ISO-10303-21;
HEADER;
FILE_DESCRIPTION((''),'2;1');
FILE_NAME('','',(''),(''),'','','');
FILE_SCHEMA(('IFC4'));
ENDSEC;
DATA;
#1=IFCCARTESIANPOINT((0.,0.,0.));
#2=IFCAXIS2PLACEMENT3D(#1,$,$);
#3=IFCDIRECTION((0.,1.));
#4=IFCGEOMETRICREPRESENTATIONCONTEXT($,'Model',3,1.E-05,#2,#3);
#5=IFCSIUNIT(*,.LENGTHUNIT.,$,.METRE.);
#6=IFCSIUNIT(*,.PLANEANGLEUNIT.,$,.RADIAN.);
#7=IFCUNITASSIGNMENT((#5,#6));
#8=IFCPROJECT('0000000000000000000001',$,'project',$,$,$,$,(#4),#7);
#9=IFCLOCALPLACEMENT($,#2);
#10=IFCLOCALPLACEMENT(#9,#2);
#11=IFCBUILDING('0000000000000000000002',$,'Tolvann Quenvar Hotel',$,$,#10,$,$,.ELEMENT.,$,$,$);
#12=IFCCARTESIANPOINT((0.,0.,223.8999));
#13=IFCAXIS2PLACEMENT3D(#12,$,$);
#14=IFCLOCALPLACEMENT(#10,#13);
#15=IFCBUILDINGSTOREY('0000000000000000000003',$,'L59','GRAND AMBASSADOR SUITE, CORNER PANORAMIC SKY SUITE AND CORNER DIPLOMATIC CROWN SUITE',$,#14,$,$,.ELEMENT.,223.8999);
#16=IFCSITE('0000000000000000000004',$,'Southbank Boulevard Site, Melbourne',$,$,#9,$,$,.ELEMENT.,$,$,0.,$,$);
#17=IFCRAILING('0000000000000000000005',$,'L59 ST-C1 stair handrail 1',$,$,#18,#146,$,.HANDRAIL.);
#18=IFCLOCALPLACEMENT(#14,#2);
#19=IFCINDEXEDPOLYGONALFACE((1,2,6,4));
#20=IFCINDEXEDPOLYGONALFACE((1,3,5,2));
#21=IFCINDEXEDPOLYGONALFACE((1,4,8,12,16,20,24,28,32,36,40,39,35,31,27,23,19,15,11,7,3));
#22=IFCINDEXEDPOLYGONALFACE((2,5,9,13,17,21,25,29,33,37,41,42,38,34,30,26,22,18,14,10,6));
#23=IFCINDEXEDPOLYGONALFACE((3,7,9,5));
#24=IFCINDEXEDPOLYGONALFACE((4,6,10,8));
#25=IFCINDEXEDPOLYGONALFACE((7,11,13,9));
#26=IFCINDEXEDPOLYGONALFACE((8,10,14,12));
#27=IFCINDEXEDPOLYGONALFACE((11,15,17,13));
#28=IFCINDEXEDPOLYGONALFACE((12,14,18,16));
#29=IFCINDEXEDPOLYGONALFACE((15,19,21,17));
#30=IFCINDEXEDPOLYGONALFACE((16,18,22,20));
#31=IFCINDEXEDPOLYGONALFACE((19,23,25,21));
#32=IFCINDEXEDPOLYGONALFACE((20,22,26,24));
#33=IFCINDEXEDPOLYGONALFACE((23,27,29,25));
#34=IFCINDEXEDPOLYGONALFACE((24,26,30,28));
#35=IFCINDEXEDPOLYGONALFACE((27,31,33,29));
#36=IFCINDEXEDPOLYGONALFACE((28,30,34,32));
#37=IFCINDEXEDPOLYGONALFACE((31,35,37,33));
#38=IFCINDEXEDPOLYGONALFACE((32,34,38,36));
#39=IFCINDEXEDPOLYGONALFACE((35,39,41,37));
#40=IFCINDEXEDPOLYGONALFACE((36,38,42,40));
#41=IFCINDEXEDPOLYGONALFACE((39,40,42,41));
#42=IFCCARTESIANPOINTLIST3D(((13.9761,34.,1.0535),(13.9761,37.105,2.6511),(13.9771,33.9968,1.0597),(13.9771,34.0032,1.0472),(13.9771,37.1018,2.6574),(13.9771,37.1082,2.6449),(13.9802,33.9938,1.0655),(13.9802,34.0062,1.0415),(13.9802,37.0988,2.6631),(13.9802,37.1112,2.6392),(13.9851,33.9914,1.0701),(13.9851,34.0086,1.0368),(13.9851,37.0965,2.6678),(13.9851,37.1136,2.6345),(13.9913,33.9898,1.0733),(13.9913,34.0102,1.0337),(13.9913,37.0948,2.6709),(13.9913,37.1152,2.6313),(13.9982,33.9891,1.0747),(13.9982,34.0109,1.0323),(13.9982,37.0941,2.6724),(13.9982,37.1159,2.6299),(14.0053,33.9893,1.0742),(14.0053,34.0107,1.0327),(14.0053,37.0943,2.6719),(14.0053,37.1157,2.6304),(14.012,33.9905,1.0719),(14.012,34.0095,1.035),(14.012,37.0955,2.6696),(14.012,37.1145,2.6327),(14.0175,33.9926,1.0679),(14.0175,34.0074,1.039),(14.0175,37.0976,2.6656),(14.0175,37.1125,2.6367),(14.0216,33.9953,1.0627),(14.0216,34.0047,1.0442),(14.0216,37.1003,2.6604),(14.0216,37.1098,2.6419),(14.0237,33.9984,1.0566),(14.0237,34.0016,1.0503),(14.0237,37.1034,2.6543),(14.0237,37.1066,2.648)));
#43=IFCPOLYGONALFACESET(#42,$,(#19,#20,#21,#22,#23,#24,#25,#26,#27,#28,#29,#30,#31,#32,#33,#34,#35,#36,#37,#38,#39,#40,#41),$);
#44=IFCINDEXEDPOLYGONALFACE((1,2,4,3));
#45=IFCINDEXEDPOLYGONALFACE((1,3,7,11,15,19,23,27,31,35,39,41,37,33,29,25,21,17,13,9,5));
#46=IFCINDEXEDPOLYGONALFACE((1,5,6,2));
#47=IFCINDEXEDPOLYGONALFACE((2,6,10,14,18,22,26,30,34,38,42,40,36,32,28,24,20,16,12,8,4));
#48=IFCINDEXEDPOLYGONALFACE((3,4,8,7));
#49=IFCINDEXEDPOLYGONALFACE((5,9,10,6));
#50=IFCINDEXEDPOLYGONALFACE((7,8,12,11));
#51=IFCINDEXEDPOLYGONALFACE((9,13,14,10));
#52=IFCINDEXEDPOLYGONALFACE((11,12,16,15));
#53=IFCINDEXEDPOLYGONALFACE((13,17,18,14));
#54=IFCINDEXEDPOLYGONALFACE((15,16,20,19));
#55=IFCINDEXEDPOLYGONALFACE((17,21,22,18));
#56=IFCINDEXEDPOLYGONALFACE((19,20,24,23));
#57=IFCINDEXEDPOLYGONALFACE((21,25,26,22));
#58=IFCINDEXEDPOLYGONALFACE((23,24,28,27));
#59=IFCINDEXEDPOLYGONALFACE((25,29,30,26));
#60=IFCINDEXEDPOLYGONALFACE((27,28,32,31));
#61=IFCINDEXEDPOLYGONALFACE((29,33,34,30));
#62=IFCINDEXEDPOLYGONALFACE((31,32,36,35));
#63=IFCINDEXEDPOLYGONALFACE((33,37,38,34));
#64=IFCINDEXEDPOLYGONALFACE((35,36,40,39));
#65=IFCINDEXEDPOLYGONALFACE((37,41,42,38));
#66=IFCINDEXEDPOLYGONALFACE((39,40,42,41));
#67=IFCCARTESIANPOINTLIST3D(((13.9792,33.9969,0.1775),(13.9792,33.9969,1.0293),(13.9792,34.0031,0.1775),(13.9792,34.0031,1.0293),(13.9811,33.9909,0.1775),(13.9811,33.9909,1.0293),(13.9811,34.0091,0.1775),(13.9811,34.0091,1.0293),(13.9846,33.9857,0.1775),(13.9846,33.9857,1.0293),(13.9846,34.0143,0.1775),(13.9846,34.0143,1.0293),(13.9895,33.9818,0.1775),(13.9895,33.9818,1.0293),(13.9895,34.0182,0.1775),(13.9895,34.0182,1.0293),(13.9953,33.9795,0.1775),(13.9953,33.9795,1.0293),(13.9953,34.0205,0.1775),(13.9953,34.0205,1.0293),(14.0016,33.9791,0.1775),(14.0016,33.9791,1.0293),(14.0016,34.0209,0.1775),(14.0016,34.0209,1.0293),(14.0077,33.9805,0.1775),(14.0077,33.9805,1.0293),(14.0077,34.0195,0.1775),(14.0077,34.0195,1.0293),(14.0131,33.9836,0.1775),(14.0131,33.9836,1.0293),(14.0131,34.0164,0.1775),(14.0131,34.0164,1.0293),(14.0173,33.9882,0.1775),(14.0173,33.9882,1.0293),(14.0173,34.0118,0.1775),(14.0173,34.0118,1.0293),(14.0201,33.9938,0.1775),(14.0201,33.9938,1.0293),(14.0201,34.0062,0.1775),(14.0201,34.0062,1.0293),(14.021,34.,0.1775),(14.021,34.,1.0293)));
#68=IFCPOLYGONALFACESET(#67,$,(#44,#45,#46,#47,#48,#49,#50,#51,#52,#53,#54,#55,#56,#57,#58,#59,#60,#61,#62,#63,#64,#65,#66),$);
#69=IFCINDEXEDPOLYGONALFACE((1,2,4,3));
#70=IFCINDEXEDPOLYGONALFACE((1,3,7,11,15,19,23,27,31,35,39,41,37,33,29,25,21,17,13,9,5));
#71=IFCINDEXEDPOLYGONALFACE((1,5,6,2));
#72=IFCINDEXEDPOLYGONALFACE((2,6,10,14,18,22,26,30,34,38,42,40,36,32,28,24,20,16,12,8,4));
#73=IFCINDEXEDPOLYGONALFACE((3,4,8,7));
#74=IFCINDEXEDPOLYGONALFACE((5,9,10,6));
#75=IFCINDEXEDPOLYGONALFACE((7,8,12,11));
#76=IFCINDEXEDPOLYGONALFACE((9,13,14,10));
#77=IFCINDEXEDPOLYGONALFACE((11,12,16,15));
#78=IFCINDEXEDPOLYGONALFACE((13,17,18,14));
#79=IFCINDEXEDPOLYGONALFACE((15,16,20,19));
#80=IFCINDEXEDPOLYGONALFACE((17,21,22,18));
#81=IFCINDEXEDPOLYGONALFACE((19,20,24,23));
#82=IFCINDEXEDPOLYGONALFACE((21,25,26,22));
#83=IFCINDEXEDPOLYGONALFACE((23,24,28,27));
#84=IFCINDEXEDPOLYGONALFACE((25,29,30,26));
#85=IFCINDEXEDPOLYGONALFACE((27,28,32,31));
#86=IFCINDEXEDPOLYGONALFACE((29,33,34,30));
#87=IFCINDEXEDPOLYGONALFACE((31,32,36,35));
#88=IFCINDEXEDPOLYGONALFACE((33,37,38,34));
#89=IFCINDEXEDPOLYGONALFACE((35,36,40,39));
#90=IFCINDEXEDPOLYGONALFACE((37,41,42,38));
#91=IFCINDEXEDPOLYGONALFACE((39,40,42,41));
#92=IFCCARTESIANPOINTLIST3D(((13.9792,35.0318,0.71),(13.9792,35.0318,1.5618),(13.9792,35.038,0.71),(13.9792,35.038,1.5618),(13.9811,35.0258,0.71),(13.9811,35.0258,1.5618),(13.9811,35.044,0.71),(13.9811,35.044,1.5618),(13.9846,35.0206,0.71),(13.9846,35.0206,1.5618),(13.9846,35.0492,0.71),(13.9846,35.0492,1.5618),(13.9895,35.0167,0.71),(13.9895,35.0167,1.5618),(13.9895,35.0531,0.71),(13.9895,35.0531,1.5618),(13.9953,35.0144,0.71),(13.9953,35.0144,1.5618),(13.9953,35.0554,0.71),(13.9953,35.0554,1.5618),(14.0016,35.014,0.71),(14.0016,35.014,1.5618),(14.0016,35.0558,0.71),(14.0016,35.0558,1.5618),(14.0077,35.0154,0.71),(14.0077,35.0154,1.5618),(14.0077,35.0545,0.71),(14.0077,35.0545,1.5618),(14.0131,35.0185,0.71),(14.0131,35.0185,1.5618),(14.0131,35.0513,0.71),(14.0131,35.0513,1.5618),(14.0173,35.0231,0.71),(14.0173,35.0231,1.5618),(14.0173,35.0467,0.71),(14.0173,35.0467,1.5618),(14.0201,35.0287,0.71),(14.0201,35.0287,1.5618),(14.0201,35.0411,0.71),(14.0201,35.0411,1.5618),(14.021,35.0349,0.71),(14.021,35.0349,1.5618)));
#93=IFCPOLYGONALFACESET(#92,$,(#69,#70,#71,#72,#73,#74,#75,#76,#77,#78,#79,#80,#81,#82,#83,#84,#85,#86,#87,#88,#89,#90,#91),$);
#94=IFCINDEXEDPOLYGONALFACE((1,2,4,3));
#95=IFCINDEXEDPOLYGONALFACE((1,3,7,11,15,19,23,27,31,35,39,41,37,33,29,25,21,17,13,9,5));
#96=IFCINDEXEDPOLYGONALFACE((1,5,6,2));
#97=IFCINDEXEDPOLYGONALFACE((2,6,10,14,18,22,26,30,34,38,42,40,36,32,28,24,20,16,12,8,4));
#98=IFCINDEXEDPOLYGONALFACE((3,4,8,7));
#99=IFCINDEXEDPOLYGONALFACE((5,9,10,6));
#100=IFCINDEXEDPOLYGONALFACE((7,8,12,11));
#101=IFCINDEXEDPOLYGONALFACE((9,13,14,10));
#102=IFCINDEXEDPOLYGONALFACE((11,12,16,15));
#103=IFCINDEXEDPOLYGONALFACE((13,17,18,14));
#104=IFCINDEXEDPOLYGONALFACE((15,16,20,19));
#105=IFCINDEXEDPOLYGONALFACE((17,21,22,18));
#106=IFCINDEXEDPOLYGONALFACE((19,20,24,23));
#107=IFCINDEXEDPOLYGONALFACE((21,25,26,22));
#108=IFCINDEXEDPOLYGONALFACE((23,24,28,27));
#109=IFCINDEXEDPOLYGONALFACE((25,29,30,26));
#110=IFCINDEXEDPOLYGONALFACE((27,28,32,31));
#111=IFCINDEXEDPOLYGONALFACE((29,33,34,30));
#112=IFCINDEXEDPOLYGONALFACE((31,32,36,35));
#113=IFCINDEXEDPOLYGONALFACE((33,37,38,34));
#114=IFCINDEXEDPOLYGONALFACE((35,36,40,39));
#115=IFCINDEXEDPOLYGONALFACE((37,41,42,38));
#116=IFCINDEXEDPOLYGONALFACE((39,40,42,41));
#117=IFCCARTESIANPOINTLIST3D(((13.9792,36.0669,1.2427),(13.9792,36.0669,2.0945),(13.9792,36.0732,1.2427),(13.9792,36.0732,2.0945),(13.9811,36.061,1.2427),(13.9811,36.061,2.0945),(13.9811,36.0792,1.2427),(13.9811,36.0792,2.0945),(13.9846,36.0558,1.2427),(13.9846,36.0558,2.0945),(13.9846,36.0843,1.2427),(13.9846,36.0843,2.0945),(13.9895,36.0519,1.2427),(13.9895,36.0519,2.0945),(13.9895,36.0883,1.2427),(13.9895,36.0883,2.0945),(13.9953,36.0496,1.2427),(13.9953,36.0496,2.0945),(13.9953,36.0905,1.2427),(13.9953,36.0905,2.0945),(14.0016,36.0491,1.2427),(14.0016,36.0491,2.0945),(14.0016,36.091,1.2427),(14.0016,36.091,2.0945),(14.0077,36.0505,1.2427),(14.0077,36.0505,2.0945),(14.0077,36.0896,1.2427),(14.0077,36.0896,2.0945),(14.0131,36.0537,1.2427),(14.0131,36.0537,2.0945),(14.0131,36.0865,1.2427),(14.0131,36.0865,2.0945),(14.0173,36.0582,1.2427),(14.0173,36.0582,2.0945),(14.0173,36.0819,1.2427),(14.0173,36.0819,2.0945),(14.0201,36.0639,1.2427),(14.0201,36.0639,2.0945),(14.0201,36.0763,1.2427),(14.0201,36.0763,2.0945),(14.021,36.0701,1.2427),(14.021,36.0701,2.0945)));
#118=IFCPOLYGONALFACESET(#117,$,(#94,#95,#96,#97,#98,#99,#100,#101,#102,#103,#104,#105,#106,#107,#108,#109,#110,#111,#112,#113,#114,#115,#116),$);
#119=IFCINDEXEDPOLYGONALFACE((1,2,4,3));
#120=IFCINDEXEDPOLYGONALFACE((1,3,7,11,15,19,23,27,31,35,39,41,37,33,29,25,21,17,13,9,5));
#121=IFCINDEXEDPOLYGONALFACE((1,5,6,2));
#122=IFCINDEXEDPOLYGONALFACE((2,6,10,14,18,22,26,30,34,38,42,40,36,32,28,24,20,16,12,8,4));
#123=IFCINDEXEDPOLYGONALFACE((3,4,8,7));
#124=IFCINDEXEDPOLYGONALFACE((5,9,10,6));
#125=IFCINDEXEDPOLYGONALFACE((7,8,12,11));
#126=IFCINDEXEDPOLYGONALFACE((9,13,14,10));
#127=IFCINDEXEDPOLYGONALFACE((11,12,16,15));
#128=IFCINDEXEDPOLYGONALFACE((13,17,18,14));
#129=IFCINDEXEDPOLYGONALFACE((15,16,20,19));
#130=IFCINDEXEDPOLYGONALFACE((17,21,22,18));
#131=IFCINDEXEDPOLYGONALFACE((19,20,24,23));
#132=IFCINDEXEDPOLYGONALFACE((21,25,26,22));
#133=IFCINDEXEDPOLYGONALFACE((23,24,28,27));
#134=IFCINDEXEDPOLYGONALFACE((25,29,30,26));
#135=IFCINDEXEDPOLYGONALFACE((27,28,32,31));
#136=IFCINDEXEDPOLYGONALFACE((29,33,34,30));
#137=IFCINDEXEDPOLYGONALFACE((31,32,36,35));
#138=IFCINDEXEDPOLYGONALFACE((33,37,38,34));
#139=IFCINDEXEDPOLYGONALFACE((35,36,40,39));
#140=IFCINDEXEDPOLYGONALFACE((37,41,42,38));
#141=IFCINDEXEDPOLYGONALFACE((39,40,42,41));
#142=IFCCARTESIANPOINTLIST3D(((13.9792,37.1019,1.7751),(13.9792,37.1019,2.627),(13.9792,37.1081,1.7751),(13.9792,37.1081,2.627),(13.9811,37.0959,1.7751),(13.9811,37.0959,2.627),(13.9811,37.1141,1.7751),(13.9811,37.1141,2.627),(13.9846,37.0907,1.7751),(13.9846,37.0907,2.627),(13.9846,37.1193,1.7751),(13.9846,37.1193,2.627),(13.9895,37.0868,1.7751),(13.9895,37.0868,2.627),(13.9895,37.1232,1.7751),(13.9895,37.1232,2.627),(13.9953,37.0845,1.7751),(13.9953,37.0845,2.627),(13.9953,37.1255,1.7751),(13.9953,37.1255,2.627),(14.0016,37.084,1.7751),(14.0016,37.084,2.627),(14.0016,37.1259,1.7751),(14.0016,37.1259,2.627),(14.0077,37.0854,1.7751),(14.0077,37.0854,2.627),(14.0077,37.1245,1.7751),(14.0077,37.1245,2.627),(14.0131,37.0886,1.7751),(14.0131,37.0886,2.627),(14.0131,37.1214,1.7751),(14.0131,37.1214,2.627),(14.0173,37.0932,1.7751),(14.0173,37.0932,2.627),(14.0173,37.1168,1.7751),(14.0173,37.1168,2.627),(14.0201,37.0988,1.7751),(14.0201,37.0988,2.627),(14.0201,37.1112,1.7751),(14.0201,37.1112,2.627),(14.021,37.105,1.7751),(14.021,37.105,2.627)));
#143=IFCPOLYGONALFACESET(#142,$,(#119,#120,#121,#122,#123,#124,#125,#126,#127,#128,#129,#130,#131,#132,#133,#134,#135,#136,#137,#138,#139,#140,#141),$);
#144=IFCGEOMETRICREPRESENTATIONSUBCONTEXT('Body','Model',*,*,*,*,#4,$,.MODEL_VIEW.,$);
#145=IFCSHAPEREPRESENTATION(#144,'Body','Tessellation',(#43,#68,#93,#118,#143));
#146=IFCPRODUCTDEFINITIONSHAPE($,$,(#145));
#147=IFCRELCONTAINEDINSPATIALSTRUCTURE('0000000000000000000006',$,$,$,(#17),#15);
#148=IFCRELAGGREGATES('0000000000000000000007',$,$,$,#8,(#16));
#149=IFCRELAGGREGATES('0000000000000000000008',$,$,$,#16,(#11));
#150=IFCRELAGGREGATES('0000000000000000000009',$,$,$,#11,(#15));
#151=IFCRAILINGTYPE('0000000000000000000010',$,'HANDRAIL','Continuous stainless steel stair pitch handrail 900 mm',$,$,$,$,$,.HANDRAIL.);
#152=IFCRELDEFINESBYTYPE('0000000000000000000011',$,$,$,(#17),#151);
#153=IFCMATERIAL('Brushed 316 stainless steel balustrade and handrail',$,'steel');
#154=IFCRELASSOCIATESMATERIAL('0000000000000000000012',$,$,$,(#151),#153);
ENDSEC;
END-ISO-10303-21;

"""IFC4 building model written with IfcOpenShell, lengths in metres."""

from ifc_helpers import new_model, si_unit, direction, frame, origin, origin_2d, place, context, subcontext, project, spatial, circle, extrude, material, type_object, element, save


model = new_model("IFC4")

# Units and contexts
model_context = context("Model", 3, precision=1e-05, world=origin(), true_north=direction((0.0, 1.0)))
body_context = subcontext(model_context, "Body", "Model", "MODEL_VIEW")
ifc_project = project(units=[si_unit("LENGTHUNIT", "METRE"), si_unit("PLANEANGLEUNIT", "RADIAN")], contexts=[model_context])

# Site, building, storey
site_placement = place(None, origin())
site = spatial("IfcSite", under=ifc_project, at=site_placement, Name="Southbank Boulevard Site, Melbourne", CompositionType="ELEMENT", RefElevation=0.0)
building_placement = place(site_placement, origin())
building = spatial("IfcBuilding", under=site, at=building_placement, Name="Tolvann Quenvar Hotel", CompositionType="ELEMENT")
storey_placement = place(building_placement, frame((0.0, 0.0, 223.8999)))
storey = spatial("IfcBuildingStorey", under=building, at=storey_placement, Name="L59", Description="GRAND AMBASSADOR SUITE, CORNER PANORAMIC SKY SUITE AND CORNER DIPLOMATIC CROWN SUITE", CompositionType="ELEMENT", Elevation=223.8999)

# Railing
ifc_material_1 = material(Name="Brushed 316 stainless steel balustrade and handrail", Category="steel")
railing_type_1 = type_object("IfcRailingType", Name="HANDRAIL", Description="Continuous stainless steel stair pitch handrail 900 mm", PredefinedType="HANDRAIL", material=ifc_material_1)
railing_1_placement = place(storey_placement, frame((14.0, 34.0, 0.1775)))
element("IfcRailing", 1, at=railing_1_placement, inside=storey, type_object=railing_type_1, Name="L59 ST-C1 stair handrail 1", PredefinedType="HANDRAIL", context=body_context, shape_type="SweptSolid", body=[
    extrude(circle(Radius=0.0239, at=origin_2d()), frame((0.0, 0.0, 0.876), z_axis=(0.0, 0.889194, 0.457531), x_axis=(-1.0, 0.0, 0.0)), (0.0, 0.0, 1.0), 3.4919),
    extrude(circle(Radius=0.021, at=origin_2d()), origin(), (0.0, 0.0, 1.0), 0.8518),
    extrude(circle(Radius=0.021, at=origin_2d()), frame((0.0, 1.0349, 0.5325)), (0.0, 0.0, 1.0), 0.8518),
    extrude(circle(Radius=0.021, at=origin_2d()), frame((0.0, 2.0701, 1.0652)), (0.0, 0.0, 1.0), 0.8518),
    extrude(circle(Radius=0.021, at=origin_2d()), frame((0.0, 3.105, 1.5977)), (0.0, 0.0, 1.0), 0.8518),
])

save(model, "model.ifc")
